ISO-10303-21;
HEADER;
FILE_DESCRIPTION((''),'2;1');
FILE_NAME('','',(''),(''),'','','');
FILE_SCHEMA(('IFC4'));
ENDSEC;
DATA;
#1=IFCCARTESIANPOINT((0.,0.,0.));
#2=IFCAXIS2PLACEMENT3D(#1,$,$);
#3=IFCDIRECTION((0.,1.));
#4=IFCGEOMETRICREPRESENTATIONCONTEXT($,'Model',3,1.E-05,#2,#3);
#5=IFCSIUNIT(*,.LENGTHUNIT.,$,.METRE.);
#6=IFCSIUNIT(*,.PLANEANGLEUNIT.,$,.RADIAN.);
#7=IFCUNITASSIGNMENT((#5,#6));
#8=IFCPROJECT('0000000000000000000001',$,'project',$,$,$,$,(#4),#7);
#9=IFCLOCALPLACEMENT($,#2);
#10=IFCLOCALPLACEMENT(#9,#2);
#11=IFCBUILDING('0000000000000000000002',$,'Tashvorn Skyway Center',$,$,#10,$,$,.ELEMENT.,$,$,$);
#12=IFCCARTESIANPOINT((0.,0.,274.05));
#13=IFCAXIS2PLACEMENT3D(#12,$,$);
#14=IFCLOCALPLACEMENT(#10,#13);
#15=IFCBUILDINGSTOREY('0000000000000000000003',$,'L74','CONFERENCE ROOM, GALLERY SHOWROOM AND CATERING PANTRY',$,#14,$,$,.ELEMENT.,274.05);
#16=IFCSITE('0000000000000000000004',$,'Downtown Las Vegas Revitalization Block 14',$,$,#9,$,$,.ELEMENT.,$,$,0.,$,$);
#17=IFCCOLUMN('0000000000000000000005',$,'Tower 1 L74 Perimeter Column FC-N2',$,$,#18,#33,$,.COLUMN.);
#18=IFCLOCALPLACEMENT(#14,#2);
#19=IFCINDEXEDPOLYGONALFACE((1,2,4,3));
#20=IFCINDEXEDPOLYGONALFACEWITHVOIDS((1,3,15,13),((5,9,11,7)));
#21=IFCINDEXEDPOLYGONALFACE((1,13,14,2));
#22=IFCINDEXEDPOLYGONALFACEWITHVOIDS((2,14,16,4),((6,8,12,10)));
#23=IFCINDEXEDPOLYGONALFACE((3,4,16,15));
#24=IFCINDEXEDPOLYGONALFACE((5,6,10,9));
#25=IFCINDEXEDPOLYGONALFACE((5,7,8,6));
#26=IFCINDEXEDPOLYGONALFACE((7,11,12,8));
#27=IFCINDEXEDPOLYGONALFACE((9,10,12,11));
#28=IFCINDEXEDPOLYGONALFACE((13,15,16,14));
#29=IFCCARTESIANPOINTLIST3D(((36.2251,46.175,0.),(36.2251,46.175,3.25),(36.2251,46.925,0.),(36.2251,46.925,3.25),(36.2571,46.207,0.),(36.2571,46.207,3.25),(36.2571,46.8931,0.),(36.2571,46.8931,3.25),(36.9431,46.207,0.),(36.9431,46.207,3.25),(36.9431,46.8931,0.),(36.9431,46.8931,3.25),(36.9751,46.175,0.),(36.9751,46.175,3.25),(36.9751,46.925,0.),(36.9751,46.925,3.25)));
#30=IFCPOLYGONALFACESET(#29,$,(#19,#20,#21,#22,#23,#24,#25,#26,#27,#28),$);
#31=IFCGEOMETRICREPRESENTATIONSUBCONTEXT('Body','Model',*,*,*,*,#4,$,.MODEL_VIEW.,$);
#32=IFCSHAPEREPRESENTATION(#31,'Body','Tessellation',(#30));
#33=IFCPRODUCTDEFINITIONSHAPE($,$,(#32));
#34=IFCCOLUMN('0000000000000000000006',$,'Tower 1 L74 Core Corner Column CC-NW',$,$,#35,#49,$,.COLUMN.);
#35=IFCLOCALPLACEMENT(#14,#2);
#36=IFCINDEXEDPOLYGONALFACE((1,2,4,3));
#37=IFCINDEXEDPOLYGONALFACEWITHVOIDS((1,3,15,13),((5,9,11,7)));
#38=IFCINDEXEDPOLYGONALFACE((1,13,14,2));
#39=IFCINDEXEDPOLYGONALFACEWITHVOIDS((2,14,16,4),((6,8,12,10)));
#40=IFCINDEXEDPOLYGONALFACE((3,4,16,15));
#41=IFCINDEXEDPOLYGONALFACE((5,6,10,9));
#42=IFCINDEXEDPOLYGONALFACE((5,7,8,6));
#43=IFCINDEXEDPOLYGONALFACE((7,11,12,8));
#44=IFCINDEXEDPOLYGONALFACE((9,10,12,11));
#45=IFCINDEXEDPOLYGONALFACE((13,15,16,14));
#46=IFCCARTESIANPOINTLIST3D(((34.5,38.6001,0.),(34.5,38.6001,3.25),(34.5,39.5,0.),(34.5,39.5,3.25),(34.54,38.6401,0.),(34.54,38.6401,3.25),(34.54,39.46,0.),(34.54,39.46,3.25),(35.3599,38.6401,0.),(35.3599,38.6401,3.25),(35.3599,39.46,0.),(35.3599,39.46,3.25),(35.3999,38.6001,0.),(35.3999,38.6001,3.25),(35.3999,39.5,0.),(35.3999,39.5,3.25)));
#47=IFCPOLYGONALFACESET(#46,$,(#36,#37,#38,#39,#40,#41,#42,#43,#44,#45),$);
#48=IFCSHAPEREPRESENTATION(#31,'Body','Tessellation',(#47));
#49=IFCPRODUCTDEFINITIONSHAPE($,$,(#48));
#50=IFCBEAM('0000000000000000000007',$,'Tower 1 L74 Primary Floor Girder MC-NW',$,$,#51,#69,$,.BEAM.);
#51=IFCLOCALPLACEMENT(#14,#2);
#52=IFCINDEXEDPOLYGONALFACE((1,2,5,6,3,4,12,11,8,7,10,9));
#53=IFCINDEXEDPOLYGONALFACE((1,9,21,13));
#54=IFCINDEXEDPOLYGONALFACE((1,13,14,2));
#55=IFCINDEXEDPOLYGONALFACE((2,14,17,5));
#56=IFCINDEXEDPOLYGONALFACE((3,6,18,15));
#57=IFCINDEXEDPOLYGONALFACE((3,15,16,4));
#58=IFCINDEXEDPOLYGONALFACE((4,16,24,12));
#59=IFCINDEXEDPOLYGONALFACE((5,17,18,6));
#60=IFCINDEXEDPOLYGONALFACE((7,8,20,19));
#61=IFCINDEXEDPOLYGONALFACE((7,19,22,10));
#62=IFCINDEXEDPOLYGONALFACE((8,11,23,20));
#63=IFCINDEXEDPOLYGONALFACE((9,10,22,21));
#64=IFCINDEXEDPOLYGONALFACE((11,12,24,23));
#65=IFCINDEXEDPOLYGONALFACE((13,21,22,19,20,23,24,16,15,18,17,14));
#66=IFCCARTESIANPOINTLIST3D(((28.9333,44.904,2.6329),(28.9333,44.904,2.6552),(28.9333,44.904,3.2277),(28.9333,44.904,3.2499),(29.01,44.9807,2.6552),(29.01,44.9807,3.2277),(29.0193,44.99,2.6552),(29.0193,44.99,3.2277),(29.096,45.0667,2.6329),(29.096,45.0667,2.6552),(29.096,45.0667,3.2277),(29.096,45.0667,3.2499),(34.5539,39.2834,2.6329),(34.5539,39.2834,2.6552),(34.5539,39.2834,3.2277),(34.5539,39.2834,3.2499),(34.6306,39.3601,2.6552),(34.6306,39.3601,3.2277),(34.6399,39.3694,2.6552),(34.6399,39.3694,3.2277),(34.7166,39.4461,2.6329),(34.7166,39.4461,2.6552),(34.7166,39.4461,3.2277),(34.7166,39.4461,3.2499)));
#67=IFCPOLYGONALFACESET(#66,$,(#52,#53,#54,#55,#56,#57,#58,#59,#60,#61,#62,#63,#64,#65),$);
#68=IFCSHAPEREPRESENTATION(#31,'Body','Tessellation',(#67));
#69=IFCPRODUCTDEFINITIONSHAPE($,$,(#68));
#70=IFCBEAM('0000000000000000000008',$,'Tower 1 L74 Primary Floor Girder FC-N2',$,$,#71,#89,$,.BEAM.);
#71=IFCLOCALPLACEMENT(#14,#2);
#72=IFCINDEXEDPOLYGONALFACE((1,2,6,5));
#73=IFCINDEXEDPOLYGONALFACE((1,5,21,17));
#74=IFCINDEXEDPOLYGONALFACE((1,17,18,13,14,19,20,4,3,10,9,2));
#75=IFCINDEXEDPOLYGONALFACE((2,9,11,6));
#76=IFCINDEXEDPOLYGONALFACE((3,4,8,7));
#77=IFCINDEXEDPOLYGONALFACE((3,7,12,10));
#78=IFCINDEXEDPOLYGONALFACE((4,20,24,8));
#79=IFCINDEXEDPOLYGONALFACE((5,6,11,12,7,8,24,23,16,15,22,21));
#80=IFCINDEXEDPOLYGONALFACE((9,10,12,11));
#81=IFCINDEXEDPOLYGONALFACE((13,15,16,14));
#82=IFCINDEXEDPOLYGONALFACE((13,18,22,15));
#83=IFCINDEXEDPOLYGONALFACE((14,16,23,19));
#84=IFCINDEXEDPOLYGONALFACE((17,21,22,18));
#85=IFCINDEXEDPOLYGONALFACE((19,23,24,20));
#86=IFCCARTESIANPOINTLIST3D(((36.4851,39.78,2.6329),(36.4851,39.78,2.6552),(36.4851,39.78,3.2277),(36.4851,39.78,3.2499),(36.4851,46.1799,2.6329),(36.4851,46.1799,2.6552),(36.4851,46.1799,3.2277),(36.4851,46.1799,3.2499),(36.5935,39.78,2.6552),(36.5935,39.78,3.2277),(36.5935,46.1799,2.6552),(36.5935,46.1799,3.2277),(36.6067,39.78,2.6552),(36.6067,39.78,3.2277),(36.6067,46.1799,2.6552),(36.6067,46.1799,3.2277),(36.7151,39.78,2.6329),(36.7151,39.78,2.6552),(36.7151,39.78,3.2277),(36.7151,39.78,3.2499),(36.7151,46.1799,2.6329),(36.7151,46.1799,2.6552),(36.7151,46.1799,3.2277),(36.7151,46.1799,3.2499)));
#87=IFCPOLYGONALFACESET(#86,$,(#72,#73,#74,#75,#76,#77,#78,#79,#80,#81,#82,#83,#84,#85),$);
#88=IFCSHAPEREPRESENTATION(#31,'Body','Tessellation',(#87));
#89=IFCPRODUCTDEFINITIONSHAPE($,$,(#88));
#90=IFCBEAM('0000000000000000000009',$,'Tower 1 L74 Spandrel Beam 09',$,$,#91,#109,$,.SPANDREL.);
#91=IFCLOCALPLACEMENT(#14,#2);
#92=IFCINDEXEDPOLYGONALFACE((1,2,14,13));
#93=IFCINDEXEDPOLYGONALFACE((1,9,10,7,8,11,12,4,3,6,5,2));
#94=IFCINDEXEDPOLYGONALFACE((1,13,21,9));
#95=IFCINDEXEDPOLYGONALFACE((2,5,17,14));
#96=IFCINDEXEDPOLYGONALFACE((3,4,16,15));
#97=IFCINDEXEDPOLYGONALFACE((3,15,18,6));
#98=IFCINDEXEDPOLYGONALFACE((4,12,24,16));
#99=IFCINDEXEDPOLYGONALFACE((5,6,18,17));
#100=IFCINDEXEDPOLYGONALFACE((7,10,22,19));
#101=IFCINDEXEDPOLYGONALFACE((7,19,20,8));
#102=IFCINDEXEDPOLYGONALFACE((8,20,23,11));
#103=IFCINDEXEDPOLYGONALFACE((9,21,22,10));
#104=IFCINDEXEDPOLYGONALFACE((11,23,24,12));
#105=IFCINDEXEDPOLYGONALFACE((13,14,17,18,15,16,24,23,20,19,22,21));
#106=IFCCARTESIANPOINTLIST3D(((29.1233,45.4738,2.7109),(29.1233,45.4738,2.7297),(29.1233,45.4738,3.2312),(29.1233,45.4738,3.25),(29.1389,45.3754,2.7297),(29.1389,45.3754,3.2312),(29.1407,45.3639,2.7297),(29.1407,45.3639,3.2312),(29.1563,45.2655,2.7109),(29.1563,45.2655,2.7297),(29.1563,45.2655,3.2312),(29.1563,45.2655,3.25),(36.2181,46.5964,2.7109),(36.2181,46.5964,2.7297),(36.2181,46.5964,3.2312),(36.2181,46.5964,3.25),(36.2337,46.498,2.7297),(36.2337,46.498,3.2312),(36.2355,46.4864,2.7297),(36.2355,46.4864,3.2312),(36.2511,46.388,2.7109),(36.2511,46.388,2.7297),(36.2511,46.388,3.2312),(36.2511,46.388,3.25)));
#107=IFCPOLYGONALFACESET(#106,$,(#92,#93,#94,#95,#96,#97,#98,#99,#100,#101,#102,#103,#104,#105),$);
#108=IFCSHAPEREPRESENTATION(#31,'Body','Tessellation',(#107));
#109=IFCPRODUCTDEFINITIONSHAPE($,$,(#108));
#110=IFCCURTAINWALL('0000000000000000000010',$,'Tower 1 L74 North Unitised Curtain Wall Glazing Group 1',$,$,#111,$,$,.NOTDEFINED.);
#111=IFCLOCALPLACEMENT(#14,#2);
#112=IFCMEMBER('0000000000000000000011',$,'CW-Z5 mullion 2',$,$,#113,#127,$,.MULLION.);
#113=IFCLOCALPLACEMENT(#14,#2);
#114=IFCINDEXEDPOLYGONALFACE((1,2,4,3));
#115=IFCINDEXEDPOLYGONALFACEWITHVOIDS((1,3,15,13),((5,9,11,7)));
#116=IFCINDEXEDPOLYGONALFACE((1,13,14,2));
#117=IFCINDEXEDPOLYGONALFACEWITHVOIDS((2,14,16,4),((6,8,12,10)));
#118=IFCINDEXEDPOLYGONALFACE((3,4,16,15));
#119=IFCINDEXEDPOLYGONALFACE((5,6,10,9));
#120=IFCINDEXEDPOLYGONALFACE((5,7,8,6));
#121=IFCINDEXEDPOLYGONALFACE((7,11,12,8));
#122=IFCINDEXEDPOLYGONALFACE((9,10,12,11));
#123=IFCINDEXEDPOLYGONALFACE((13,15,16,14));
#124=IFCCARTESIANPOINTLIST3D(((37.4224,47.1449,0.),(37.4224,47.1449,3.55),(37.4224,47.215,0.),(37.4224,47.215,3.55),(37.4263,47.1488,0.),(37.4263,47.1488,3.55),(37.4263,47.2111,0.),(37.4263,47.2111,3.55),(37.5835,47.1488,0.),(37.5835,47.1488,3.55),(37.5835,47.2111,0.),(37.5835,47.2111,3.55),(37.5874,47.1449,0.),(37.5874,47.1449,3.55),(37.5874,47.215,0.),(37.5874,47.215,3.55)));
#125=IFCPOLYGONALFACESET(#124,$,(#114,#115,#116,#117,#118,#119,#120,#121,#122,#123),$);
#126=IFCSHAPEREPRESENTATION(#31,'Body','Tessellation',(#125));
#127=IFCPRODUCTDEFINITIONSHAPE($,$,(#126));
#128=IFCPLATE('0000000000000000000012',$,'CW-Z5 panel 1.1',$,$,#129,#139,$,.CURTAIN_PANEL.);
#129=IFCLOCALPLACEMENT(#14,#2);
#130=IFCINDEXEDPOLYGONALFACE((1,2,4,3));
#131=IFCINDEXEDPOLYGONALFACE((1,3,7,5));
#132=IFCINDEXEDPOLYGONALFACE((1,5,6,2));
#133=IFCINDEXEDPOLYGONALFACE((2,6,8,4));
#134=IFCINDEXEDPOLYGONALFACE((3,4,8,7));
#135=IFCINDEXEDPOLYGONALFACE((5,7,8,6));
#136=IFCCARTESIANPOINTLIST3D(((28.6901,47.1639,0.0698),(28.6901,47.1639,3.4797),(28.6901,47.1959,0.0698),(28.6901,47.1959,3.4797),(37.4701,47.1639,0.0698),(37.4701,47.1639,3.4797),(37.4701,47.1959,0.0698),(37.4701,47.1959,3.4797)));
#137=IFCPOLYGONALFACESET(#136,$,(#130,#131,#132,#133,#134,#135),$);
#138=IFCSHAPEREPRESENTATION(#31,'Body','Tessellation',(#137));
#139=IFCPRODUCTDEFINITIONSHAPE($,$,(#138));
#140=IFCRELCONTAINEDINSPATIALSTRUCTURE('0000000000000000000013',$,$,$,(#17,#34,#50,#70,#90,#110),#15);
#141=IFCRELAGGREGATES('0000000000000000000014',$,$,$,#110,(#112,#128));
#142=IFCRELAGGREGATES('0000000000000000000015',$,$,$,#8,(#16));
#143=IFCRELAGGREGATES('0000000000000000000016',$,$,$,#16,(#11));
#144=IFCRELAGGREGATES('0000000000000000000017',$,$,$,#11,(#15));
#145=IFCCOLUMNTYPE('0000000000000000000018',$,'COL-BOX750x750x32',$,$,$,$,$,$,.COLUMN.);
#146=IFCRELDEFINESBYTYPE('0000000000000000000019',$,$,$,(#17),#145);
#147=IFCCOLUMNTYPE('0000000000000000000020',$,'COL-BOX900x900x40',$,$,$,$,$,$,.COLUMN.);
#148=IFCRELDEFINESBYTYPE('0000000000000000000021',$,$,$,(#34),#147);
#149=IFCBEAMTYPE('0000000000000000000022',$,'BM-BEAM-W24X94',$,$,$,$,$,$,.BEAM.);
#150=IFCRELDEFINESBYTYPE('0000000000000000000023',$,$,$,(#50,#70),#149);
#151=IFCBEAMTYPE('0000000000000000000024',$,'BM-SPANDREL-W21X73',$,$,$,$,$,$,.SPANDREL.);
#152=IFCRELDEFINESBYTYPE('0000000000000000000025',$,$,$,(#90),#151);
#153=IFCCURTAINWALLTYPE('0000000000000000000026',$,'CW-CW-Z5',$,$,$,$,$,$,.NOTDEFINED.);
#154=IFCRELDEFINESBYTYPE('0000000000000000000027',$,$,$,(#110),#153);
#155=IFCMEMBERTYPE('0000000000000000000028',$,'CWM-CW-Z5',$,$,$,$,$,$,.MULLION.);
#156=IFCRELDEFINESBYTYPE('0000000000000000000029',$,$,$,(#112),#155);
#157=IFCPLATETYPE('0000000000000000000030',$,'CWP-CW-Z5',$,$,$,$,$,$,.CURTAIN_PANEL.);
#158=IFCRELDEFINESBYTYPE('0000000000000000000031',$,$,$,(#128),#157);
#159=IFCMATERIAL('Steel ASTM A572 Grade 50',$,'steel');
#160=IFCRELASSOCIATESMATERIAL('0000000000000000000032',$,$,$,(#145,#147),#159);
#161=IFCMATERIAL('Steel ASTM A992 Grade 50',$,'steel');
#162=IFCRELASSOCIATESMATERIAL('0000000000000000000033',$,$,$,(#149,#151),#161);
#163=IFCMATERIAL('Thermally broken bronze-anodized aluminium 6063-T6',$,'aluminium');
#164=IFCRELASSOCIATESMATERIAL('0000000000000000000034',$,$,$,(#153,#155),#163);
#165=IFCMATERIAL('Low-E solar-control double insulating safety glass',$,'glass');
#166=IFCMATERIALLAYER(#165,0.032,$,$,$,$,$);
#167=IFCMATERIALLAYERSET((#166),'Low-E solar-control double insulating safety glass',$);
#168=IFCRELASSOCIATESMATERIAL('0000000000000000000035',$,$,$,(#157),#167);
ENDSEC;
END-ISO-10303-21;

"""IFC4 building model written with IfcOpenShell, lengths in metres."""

from ifc_helpers import new_model, si_unit, direction, frame, origin, origin_2d, place, context, subcontext, project, spatial, rectangle, hollow_rectangle, i_section, extrude, material, layer, layer_set, material_profile, profile_set, type_object, element, aggregate, save


model = new_model("IFC4")

# Units and contexts
model_context = context("Model", 3, precision=1e-05, world=origin(), true_north=direction((0.0, 1.0)))
body_context = subcontext(model_context, "Body", "Model", "MODEL_VIEW")
ifc_project = project(units=[si_unit("LENGTHUNIT", "METRE"), si_unit("PLANEANGLEUNIT", "RADIAN")], contexts=[model_context])

# Site, building, storey
site_placement = place(None, origin())
site = spatial("IfcSite", under=ifc_project, at=site_placement, Name="Downtown Las Vegas Revitalization Block 14", CompositionType="ELEMENT", RefElevation=0.0)
building_placement = place(site_placement, origin())
building = spatial("IfcBuilding", under=site, at=building_placement, Name="Tashvorn Skyway Center", CompositionType="ELEMENT")
storey_placement = place(building_placement, frame((0.0, 0.0, 274.05)))
storey = spatial("IfcBuildingStorey", under=building, at=storey_placement, Name="L74", Description="CONFERENCE ROOM, GALLERY SHOWROOM AND CATERING PANTRY", CompositionType="ELEMENT", Elevation=274.05)

# Columns
ifc_material_1 = material(Name="Steel ASTM A572 Grade 50", Category="steel")
ifc_material_profile_1 = material_profile(ifc_material_1, hollow_rectangle(XDim=0.75, YDim=0.75, WallThickness=0.032, at=origin_2d()), Name="BOX750x750x32")
ifc_profile_set_1 = profile_set([ifc_material_profile_1], Name="Steel ASTM A572 Grade 50")
column_type_1 = type_object("IfcColumnType", Name="COL-BOX750x750x32", PredefinedType="COLUMN", material=ifc_profile_set_1)
column_1_placement = place(storey_placement, frame((36.6001, 46.55, 0.0), z_axis=(0.0, 0.0, 1.0), x_axis=(1.0, 0.0, 0.0)))
element("IfcColumn", 1, at=column_1_placement, inside=storey, type_object=column_type_1, Name="Tower 1 L74 Perimeter Column FC-N2", PredefinedType="COLUMN", context=body_context, shape_type="SweptSolid", body=[
    extrude(hollow_rectangle(XDim=0.75, YDim=0.75, WallThickness=0.032, at=origin_2d()), origin(), (0.0, 0.0, 1.0), 3.25),
])
ifc_material_profile_2 = material_profile(ifc_material_1, hollow_rectangle(XDim=0.8999, YDim=0.8999, WallThickness=0.04, at=origin_2d()), Name="BOX900x900x40")
ifc_profile_set_2 = profile_set([ifc_material_profile_2], Name="Steel ASTM A572 Grade 50")
column_type_2 = type_object("IfcColumnType", Name="COL-BOX900x900x40", PredefinedType="COLUMN", material=ifc_profile_set_2)
column_2_placement = place(storey_placement, frame((34.95, 39.05, 0.0), z_axis=(0.0, 0.0, 1.0), x_axis=(1.0, 0.0, 0.0)))
element("IfcColumn", 2, at=column_2_placement, inside=storey, type_object=column_type_2, Name="Tower 1 L74 Core Corner Column CC-NW", PredefinedType="COLUMN", context=body_context, shape_type="SweptSolid", body=[
    extrude(hollow_rectangle(XDim=0.8999, YDim=0.8999, WallThickness=0.04, at=origin_2d()), origin(), (0.0, 0.0, 1.0), 3.25),
])

# Beams
ifc_material_2 = material(Name="Steel ASTM A992 Grade 50", Category="steel")
ifc_material_profile_3 = material_profile(ifc_material_2, i_section(OverallWidth=0.23, OverallDepth=0.6169, WebThickness=0.0132, FlangeThickness=0.0222, at=origin_2d()), Name="W24X94")
ifc_profile_set_3 = profile_set([ifc_material_profile_3], Name="Steel ASTM A992 Grade 50")
beam_type_1 = type_object("IfcBeamType", Name="BM-BEAM-W24X94", PredefinedType="BEAM", material=ifc_profile_set_3)
beam_1_placement = place(storey_placement, frame((29.0146, 44.9854, 2.9414), z_axis=(0.707107, -0.707107, 0.0), x_axis=(0.707107, 0.707107, 0.0)))
element("IfcBeam", 3, at=beam_1_placement, inside=storey, type_object=beam_type_1, Name="Tower 1 L74 Primary Floor Girder MC-NW", PredefinedType="BEAM", context=body_context, shape_type="SweptSolid", body=[
    extrude(i_section(OverallWidth=0.23, OverallDepth=0.6169, WebThickness=0.0132, FlangeThickness=0.0222, at=origin_2d()), origin(), (0.0, 0.0, 1.0), 7.9487),
])
beam_2_placement = place(storey_placement, frame((36.6001, 46.1799, 2.9414), z_axis=(0.0, -1.0, 0.0), x_axis=(1.0, 0.0, 0.0)))
element("IfcBeam", 4, at=beam_2_placement, inside=storey, type_object=beam_type_1, Name="Tower 1 L74 Primary Floor Girder FC-N2", PredefinedType="BEAM", context=body_context, shape_type="SweptSolid", body=[
    extrude(i_section(OverallWidth=0.23, OverallDepth=0.6169, WebThickness=0.0132, FlangeThickness=0.0222, at=origin_2d()), origin(), (0.0, 0.0, 1.0), 6.3999),
])
ifc_material_profile_4 = material_profile(ifc_material_2, i_section(OverallWidth=0.2109, OverallDepth=0.5391, WebThickness=0.0117, FlangeThickness=0.0188, at=origin_2d()), Name="W21X73")
ifc_profile_set_4 = profile_set([ifc_material_profile_4], Name="Steel ASTM A992 Grade 50")
beam_type_2 = type_object("IfcBeamType", Name="BM-SPANDREL-W21X73", PredefinedType="SPANDREL", material=ifc_profile_set_4)
beam_3_placement = place(storey_placement, frame((36.2346, 46.4922, 2.9805), z_axis=(-0.987714, -0.156275, 0.0), x_axis=(0.156275, -0.987714, 0.0)))
element("IfcBeam", 5, at=beam_3_placement, inside=storey, type_object=beam_type_2, Name="Tower 1 L74 Spandrel Beam 09", PredefinedType="SPANDREL", context=body_context, shape_type="SweptSolid", body=[
    extrude(i_section(OverallWidth=0.2109, OverallDepth=0.5391, WebThickness=0.0117, FlangeThickness=0.0188, at=origin_2d()), origin(), (0.0, 0.0, 1.0), 7.1831),
])

# Curtain wall, member, plate
ifc_material_3 = material(Name="Thermally broken bronze-anodized aluminium 6063-T6", Category="aluminium")
curtain_wall_type = type_object("IfcCurtainWallType", Name="CW-CW-Z5", PredefinedType="NOTDEFINED", material=ifc_material_3)
curtain_wall_placement = place(storey_placement, origin())
curtain_wall = element("IfcCurtainWall", 6, at=curtain_wall_placement, inside=storey, type_object=curtain_wall_type, Name="Tower 1 L74 North Unitised Curtain Wall Glazing Group 1", PredefinedType="NOTDEFINED")
ifc_material_profile_5 = material_profile(ifc_material_3, hollow_rectangle(XDim=0.0701, YDim=0.165, WallThickness=0.0039, at=origin_2d()), Name="ALU-MULL-70x165")
ifc_profile_set_5 = profile_set([ifc_material_profile_5], Name="Thermally broken bronze-anodized aluminium 6063-T6")
member_type = type_object("IfcMemberType", Name="CWM-CW-Z5", PredefinedType="MULLION", material=ifc_profile_set_5)
member_placement = place(storey_placement, frame((37.5049, 47.1799, 0.0), z_axis=(0.0, 0.0, 1.0), x_axis=(0.0, 1.0, 0.0)))
member = element("IfcMember", 7, at=member_placement, type_object=member_type, Name="CW-Z5 mullion 2", PredefinedType="MULLION", context=body_context, shape_type="SweptSolid", body=[
    extrude(hollow_rectangle(XDim=0.0701, YDim=0.165, WallThickness=0.0039, at=origin_2d()), origin(), (0.0, 0.0, 1.0), 3.55),
])
ifc_material_4 = material(Name="Low-E solar-control double insulating safety glass", Category="glass")
ifc_layer_1 = layer(ifc_material_4, 0.032)
ifc_layer_set_1 = layer_set([ifc_layer_1], Name="Low-E solar-control double insulating safety glass")
plate_type = type_object("IfcPlateType", Name="CWP-CW-Z5", PredefinedType="CURTAIN_PANEL", material=ifc_layer_set_1)
plate_placement = place(storey_placement, frame((33.0801, 47.1799, 0.0698), z_axis=(0.0, 0.0, 1.0), x_axis=(1.0, 0.0, 0.0)))
plate = element("IfcPlate", 8, at=plate_placement, type_object=plate_type, Name="CW-Z5 panel 1.1", PredefinedType="CURTAIN_PANEL", context=body_context, shape_type="SweptSolid", body=[
    extrude(rectangle(XDim=8.78, YDim=0.032, at=origin_2d()), origin(), (0.0, 0.0, 1.0), 3.4099),
])
aggregate(curtain_wall, [member, plate])

save(model, "model.ifc")
